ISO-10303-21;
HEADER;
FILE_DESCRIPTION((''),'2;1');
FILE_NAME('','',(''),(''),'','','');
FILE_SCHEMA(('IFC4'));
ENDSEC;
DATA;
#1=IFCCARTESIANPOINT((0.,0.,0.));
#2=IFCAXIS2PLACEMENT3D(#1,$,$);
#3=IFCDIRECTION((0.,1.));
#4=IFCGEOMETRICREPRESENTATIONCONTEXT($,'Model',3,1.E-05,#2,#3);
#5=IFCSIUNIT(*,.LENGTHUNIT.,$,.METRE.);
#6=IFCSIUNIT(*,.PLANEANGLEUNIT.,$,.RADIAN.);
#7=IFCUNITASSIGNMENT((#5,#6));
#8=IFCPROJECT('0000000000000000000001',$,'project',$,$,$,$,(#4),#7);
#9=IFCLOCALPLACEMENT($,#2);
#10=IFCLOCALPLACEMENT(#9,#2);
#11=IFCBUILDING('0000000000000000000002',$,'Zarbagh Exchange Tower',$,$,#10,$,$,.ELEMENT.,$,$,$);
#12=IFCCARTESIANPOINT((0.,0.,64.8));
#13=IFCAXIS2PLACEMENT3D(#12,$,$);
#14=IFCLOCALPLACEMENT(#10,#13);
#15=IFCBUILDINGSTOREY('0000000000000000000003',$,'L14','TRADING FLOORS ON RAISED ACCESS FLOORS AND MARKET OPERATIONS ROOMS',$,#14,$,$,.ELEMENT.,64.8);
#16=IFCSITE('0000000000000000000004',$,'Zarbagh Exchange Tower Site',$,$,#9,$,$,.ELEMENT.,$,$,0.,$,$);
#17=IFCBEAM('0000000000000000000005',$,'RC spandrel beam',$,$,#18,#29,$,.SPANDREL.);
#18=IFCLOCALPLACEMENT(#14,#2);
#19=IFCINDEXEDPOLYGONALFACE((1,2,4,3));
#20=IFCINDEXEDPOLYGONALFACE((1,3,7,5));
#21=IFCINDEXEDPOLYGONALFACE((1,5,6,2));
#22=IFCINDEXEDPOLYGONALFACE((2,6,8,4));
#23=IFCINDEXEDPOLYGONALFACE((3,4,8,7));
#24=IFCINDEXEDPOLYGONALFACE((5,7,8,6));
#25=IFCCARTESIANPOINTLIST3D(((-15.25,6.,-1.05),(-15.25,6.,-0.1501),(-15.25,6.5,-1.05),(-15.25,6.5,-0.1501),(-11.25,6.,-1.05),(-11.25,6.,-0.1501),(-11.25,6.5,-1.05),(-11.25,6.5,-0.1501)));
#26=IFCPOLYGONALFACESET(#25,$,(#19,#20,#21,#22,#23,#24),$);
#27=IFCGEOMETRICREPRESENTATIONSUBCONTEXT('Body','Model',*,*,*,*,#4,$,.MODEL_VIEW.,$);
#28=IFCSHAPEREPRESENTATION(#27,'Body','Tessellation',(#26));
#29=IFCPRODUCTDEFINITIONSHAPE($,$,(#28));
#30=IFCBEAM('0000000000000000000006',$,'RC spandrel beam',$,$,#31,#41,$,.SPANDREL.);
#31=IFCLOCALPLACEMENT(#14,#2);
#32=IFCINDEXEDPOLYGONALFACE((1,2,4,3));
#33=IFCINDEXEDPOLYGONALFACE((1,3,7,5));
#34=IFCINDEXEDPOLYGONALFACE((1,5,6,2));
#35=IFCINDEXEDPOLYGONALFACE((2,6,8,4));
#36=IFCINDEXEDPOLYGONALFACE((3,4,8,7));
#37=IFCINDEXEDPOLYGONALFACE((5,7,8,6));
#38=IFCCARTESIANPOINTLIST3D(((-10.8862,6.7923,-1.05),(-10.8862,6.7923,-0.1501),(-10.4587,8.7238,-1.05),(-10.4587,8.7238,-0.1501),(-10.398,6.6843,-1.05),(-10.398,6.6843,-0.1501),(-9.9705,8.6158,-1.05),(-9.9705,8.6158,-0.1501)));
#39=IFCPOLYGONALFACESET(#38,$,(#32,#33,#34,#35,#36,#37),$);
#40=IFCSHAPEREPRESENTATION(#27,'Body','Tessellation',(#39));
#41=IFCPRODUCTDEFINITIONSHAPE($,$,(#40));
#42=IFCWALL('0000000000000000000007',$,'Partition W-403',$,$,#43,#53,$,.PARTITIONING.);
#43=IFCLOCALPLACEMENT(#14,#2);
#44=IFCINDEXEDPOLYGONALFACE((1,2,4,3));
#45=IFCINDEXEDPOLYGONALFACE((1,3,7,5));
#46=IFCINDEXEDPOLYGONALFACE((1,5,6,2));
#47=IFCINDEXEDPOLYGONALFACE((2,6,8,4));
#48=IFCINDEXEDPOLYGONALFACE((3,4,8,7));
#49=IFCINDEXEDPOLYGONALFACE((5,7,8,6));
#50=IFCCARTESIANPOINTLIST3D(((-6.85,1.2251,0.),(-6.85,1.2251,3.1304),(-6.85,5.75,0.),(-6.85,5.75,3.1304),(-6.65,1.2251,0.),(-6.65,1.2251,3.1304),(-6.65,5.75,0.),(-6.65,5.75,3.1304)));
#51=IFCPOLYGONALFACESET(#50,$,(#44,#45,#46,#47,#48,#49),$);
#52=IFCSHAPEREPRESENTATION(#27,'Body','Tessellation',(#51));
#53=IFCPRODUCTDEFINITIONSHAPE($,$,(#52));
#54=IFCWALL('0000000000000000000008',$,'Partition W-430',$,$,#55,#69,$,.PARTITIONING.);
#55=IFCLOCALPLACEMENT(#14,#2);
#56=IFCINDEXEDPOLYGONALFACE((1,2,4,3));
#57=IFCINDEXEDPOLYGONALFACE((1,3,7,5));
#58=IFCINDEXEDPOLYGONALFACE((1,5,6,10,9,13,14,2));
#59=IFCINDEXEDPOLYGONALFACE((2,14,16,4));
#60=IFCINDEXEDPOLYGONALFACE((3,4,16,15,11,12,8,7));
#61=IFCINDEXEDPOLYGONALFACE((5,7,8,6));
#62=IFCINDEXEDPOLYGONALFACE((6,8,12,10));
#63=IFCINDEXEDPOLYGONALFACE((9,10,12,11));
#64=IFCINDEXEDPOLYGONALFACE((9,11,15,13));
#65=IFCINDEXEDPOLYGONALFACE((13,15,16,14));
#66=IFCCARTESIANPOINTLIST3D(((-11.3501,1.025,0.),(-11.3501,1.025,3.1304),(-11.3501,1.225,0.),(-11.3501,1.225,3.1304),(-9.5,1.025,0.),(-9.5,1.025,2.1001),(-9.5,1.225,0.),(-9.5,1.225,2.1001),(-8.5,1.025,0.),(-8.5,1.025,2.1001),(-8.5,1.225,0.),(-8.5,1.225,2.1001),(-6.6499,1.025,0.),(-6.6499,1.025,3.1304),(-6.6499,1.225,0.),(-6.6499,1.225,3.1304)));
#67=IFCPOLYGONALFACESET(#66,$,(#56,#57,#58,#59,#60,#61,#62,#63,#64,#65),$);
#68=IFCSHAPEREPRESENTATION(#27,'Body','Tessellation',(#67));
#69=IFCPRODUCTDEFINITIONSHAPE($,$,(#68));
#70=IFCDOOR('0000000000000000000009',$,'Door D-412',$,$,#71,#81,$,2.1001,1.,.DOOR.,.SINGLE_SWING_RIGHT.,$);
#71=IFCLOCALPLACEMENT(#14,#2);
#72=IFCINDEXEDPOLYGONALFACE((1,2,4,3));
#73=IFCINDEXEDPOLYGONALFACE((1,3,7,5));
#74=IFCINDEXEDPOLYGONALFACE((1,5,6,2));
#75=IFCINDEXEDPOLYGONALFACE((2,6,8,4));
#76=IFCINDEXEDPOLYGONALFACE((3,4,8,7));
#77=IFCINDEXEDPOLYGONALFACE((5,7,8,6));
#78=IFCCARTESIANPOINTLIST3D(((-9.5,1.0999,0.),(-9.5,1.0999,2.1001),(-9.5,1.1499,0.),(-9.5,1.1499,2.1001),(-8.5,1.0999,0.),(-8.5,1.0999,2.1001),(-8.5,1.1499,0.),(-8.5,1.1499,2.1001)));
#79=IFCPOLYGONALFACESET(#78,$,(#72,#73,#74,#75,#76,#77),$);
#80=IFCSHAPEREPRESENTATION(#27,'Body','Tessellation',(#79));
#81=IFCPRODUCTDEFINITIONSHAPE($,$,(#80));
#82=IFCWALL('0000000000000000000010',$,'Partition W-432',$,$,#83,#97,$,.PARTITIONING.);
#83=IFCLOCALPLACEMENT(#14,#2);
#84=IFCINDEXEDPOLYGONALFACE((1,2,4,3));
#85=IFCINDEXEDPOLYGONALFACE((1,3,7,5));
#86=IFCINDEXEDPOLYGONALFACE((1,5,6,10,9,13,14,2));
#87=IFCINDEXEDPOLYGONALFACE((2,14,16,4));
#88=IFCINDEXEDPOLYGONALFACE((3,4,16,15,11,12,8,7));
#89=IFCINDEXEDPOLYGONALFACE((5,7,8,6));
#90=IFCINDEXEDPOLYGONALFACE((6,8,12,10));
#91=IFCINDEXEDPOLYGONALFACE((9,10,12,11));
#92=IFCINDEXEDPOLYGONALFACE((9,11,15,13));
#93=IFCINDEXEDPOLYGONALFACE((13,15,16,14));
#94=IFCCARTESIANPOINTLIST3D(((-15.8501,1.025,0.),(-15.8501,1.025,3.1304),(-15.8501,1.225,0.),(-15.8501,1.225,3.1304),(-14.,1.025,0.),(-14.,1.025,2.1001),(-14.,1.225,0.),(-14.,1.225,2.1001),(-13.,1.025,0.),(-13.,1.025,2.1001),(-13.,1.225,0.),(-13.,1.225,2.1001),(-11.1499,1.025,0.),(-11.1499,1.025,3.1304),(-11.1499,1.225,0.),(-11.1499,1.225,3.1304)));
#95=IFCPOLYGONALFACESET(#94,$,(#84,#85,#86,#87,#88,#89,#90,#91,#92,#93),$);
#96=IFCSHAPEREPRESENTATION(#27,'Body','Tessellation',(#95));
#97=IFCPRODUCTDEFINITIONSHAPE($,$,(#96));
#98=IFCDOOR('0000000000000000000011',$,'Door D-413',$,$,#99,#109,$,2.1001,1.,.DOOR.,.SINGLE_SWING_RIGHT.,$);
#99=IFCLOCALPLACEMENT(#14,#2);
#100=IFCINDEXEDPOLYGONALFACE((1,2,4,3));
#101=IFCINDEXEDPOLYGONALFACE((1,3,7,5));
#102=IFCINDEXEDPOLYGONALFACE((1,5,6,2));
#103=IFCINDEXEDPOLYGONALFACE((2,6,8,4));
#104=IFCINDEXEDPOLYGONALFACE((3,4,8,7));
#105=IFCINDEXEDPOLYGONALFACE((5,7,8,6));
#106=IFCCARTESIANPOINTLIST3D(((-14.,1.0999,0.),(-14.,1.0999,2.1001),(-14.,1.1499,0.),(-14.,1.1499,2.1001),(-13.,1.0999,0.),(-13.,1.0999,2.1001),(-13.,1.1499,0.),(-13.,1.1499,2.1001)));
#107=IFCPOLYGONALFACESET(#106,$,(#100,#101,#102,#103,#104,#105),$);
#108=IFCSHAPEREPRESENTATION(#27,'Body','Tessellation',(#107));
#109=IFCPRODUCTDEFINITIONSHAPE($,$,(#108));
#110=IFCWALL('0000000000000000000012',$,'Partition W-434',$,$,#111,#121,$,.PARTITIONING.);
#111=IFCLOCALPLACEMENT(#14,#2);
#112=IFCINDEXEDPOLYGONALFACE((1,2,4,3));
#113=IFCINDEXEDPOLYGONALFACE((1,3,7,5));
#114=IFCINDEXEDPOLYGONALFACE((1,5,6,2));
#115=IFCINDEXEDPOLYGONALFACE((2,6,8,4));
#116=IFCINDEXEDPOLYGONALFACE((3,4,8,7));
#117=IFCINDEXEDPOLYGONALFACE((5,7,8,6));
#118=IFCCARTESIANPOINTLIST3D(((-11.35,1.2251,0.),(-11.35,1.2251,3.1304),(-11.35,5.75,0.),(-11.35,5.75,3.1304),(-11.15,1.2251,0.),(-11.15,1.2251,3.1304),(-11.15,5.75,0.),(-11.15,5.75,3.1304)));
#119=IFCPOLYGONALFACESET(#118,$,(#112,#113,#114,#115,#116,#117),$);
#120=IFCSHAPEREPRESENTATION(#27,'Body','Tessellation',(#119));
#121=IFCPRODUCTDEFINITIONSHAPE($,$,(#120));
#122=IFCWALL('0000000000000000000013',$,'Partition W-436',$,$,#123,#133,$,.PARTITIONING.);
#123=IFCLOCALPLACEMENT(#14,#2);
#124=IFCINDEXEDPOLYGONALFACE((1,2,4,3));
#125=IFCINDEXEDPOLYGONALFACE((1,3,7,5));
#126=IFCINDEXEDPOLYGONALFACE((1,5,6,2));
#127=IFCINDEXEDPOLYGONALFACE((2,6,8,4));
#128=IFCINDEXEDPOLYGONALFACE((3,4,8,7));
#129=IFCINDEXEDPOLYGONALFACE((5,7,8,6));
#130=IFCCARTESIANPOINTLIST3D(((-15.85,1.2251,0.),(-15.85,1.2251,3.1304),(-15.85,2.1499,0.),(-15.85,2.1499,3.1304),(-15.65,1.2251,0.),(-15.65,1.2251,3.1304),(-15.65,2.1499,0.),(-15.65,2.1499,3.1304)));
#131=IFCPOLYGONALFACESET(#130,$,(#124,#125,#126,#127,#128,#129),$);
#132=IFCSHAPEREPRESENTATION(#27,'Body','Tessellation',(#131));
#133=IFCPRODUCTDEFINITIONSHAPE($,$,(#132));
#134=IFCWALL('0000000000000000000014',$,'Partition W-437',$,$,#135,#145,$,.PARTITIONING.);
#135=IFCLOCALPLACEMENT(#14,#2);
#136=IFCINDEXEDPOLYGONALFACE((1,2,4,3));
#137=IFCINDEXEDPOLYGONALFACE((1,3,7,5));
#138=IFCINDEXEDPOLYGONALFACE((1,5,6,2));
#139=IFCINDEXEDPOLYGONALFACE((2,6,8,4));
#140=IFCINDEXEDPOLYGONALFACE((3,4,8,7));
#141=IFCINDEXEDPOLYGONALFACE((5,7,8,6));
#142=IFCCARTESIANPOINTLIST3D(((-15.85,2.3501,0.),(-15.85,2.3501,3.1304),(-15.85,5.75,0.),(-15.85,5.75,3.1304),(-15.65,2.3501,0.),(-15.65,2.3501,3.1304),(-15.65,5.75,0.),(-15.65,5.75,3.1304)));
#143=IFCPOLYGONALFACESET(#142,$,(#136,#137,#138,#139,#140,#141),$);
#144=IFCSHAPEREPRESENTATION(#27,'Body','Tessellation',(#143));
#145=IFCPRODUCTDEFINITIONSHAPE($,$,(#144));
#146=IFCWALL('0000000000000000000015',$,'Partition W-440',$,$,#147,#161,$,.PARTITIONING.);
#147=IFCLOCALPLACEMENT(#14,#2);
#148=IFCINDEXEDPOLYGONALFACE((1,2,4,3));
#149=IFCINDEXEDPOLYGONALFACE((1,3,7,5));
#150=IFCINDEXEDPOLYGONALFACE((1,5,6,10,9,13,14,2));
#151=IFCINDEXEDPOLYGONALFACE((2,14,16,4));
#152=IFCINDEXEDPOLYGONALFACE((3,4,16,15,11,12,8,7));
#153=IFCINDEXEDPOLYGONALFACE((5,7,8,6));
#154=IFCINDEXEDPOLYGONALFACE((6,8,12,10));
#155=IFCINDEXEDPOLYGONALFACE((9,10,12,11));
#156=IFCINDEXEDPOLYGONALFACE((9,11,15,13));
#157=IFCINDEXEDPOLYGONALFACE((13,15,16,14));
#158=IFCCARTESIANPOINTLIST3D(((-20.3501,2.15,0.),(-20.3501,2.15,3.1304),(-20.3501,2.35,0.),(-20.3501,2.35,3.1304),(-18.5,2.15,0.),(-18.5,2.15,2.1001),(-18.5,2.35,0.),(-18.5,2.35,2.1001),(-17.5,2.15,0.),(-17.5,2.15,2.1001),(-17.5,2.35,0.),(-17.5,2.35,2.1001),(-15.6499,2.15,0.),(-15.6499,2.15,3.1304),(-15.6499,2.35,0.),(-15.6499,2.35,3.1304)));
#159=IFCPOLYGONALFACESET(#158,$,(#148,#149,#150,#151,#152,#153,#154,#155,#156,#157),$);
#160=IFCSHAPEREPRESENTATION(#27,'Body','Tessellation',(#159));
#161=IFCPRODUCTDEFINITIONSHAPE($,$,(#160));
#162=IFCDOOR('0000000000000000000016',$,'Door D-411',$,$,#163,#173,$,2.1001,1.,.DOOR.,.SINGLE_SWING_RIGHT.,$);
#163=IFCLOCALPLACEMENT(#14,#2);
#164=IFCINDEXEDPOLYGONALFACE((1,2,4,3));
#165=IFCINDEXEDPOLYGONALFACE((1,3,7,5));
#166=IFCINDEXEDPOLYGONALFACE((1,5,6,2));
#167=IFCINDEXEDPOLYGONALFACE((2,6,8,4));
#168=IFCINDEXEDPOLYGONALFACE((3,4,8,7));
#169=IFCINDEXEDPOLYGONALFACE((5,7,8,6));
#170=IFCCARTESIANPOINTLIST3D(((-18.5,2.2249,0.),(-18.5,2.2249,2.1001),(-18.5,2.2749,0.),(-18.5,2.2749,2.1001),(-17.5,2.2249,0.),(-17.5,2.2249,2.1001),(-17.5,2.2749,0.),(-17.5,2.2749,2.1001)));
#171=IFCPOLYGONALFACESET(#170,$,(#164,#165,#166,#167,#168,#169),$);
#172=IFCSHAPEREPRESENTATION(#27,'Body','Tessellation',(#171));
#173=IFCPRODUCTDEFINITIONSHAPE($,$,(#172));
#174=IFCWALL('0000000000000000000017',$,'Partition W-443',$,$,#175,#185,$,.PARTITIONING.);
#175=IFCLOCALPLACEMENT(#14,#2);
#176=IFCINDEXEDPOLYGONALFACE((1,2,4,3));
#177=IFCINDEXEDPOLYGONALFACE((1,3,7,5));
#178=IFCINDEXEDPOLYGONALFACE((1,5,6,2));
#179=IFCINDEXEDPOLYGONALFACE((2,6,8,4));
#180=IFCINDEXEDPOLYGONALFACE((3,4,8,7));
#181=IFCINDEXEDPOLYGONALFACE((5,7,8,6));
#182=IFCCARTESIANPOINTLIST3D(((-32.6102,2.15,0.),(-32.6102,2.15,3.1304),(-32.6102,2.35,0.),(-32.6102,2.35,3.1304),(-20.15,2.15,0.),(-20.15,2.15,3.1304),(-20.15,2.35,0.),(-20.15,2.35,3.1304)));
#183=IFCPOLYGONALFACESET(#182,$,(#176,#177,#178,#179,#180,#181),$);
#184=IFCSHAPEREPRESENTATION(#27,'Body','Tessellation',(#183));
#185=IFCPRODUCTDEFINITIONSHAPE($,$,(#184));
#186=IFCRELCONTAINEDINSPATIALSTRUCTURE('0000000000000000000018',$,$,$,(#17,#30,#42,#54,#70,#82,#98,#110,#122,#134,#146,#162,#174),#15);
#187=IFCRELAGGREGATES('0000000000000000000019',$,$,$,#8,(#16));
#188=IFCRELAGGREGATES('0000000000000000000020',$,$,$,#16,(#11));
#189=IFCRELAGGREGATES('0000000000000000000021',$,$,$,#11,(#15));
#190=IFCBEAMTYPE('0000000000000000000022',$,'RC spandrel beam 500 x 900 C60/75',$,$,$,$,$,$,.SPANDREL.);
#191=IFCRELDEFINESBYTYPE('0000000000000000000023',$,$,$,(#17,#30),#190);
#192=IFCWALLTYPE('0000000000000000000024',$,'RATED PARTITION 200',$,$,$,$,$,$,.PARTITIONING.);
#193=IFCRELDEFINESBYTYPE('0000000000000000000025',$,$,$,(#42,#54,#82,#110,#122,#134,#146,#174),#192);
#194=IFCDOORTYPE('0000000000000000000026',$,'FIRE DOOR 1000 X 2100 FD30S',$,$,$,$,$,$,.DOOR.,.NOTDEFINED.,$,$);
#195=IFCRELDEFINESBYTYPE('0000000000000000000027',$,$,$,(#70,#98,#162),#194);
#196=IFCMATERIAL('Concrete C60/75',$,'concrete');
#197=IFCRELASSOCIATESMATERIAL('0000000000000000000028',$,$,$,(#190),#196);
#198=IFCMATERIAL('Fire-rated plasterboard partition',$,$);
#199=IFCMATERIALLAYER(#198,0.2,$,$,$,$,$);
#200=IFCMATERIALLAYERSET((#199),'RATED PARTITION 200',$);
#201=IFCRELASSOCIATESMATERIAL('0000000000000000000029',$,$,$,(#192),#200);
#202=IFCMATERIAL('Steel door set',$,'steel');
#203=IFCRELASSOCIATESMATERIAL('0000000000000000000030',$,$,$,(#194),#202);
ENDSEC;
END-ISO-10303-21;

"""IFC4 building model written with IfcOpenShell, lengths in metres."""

from ifc_helpers import new_model, si_unit, direction, frame, frame_2d, origin, origin_2d, place, context, subcontext, project, spatial, rectangle, extrude, material, layer, layer_set, material_profile, profile_set, type_object, element, fill, save


model = new_model("IFC4")

# Units and contexts
model_context = context("Model", 3, precision=1e-05, world=origin(), true_north=direction((0.0, 1.0)))
body_context = subcontext(model_context, "Body", "Model", "MODEL_VIEW")
ifc_project = project(units=[si_unit("LENGTHUNIT", "METRE"), si_unit("PLANEANGLEUNIT", "RADIAN")], contexts=[model_context])

# Site, building, storey
site_placement = place(None, origin())
site = spatial("IfcSite", under=ifc_project, at=site_placement, Name="Zarbagh Exchange Tower Site", CompositionType="ELEMENT", RefElevation=0.0)
building_placement = place(site_placement, origin())
building = spatial("IfcBuilding", under=site, at=building_placement, Name="Zarbagh Exchange Tower", CompositionType="ELEMENT")
storey_placement = place(building_placement, frame((0.0, 0.0, 64.8)))
storey = spatial("IfcBuildingStorey", under=building, at=storey_placement, Name="L14", Description="TRADING FLOORS ON RAISED ACCESS FLOORS AND MARKET OPERATIONS ROOMS", CompositionType="ELEMENT", Elevation=64.8)

# Shared definitions
ifc_material_1 = material(Name="Concrete C60/75", Category="concrete")

# Beams
ifc_material_profile_1 = material_profile(ifc_material_1, rectangle(XDim=0.5, YDim=0.8999, at=origin_2d()), Name="RC spandrel beam 500 x 900 C60/75")
ifc_profile_set_1 = profile_set([ifc_material_profile_1], Name="Concrete C60/75")
beam_type_1 = type_object("IfcBeamType", Name="RC spandrel beam 500 x 900 C60/75", PredefinedType="SPANDREL", material=ifc_profile_set_1)
beam_1_placement = place(storey_placement, frame((-15.25, 6.25, -0.6001), z_axis=(1.0, 0.0, 0.0), x_axis=(0.0, 1.0, 0.0)))
element("IfcBeam", 1, at=beam_1_placement, inside=storey, type_object=beam_type_1, Name="RC spandrel beam", PredefinedType="SPANDREL", context=body_context, shape_type="SweptSolid", body=[
    extrude(rectangle(XDim=0.5, YDim=0.8999, at=origin_2d()), origin(), (0.0, 0.0, 1.0), 4.0),
])
beam_2_placement = place(storey_placement, frame((-10.6421, 6.7383, -0.6001), z_axis=(0.216081, 0.976375, 0.0), x_axis=(-0.976375, 0.216081, 0.0)))
element("IfcBeam", 2, at=beam_2_placement, inside=storey, type_object=beam_type_1, Name="RC spandrel beam", PredefinedType="SPANDREL", context=body_context, shape_type="SweptSolid", body=[
    extrude(rectangle(XDim=0.5, YDim=0.8999, at=origin_2d()), origin(), (0.0, 0.0, 1.0), 1.9783),
])

# Wall
ifc_material_2 = material(Name="Fire-rated plasterboard partition")
ifc_layer = layer(ifc_material_2, 0.2)
ifc_layer_set = layer_set([ifc_layer], Name="RATED PARTITION 200")
wall_type = type_object("IfcWallType", Name="RATED PARTITION 200", PredefinedType="PARTITIONING", material=ifc_layer_set)
wall_1_placement = place(storey_placement, frame((-6.75, 1.2251, 0.0), z_axis=(0.0, 0.0, 1.0), x_axis=(0.0, 1.0, 0.0)))
element("IfcWall", 3, at=wall_1_placement, inside=storey, type_object=wall_type, Name="Partition W-403", PredefinedType="PARTITIONING", context=body_context, shape_type="SweptSolid", body=[
    extrude(rectangle(XDim=4.5249, YDim=0.2, at=frame_2d((2.2625, 0.0))), origin(), (0.0, 0.0, 1.0), 3.1304),
])

# Walls, openings, doors
wall_2_placement = place(storey_placement, frame((-11.3501, 1.125, 0.0), z_axis=(0.0, 0.0, 1.0), x_axis=(1.0, 0.0, 0.0)))
wall_2 = element("IfcWall", 4, at=wall_2_placement, inside=storey, type_object=wall_type, Name="Partition W-430", PredefinedType="PARTITIONING", context=body_context, shape_type="SweptSolid", body=[
    extrude(rectangle(XDim=4.7002, YDim=0.2, at=frame_2d((2.3501, 0.0))), origin(), (0.0, 0.0, 1.0), 3.1304),
])
opening_1_placement = place(wall_2_placement, frame((1.8501, 0.0, 0.0)))
opening_1 = element("IfcOpeningElement", 5, at=opening_1_placement, cuts=wall_2, PredefinedType="OPENING", context=body_context, shape_type="SweptSolid", body=[
    extrude(rectangle(XDim=1.0, YDim=2.1001, at=frame_2d((0.5, 1.05))), frame((0.0, 0.1099, 0.0), z_axis=(0.0, -1.0, 0.0), x_axis=(1.0, 0.0, 0.0)), (0.0, 0.0, 1.0), 0.22),
])
ifc_material_3 = material(Name="Steel door set", Category="steel")
door_type = type_object("IfcDoorType", Name="FIRE DOOR 1000 X 2100 FD30S", OperationType="NOTDEFINED", PredefinedType="DOOR", material=ifc_material_3)
door_1_placement = place(opening_1_placement, origin())
door_1 = element("IfcDoor", 6, at=door_1_placement, inside=storey, type_object=door_type, Name="Door D-412", OperationType="SINGLE_SWING_RIGHT", OverallHeight=2.1001, OverallWidth=1.0, PredefinedType="DOOR", context=body_context, shape_type="SweptSolid", body=[
    extrude(rectangle(XDim=1.0, YDim=2.1001, at=frame_2d((0.5, 1.05))), frame((0.0, 0.0249, 0.0), z_axis=(0.0, -1.0, 0.0), x_axis=(1.0, 0.0, 0.0)), (0.0, 0.0, 1.0), 0.05),
])
fill(opening_1, door_1)
wall_3_placement = place(storey_placement, frame((-15.8501, 1.125, 0.0), z_axis=(0.0, 0.0, 1.0), x_axis=(1.0, 0.0, 0.0)))
wall_3 = element("IfcWall", 7, at=wall_3_placement, inside=storey, type_object=wall_type, Name="Partition W-432", PredefinedType="PARTITIONING", context=body_context, shape_type="SweptSolid", body=[
    extrude(rectangle(XDim=4.7002, YDim=0.2, at=frame_2d((2.3501, 0.0))), origin(), (0.0, 0.0, 1.0), 3.1304),
])
opening_2_placement = place(wall_3_placement, frame((1.8501, 0.0, 0.0)))
opening_2 = element("IfcOpeningElement", 8, at=opening_2_placement, cuts=wall_3, PredefinedType="OPENING", context=body_context, shape_type="SweptSolid", body=[
    extrude(rectangle(XDim=1.0, YDim=2.1001, at=frame_2d((0.5, 1.05))), frame((0.0, 0.1099, 0.0), z_axis=(0.0, -1.0, 0.0), x_axis=(1.0, 0.0, 0.0)), (0.0, 0.0, 1.0), 0.22),
])
door_2_placement = place(opening_2_placement, origin())
door_2 = element("IfcDoor", 9, at=door_2_placement, inside=storey, type_object=door_type, Name="Door D-413", OperationType="SINGLE_SWING_RIGHT", OverallHeight=2.1001, OverallWidth=1.0, PredefinedType="DOOR", context=body_context, shape_type="SweptSolid", body=[
    extrude(rectangle(XDim=1.0, YDim=2.1001, at=frame_2d((0.5, 1.05))), frame((0.0, 0.0249, 0.0), z_axis=(0.0, -1.0, 0.0), x_axis=(1.0, 0.0, 0.0)), (0.0, 0.0, 1.0), 0.05),
])
fill(opening_2, door_2)

# Walls
wall_4_placement = place(storey_placement, frame((-11.25, 1.2251, 0.0), z_axis=(0.0, 0.0, 1.0), x_axis=(0.0, 1.0, 0.0)))
element("IfcWall", 10, at=wall_4_placement, inside=storey, type_object=wall_type, Name="Partition W-434", PredefinedType="PARTITIONING", context=body_context, shape_type="SweptSolid", body=[
    extrude(rectangle(XDim=4.5249, YDim=0.2, at=frame_2d((2.2625, 0.0))), origin(), (0.0, 0.0, 1.0), 3.1304),
])
wall_5_placement = place(storey_placement, frame((-15.75, 1.2251, 0.0), z_axis=(0.0, 0.0, 1.0), x_axis=(0.0, 1.0, 0.0)))
element("IfcWall", 11, at=wall_5_placement, inside=storey, type_object=wall_type, Name="Partition W-436", PredefinedType="PARTITIONING", context=body_context, shape_type="SweptSolid", body=[
    extrude(rectangle(XDim=0.9248, YDim=0.2, at=frame_2d((0.4624, 0.0))), origin(), (0.0, 0.0, 1.0), 3.1304),
])
wall_6_placement = place(storey_placement, frame((-15.75, 2.3501, 0.0), z_axis=(0.0, 0.0, 1.0), x_axis=(0.0, 1.0, 0.0)))
element("IfcWall", 12, at=wall_6_placement, inside=storey, type_object=wall_type, Name="Partition W-437", PredefinedType="PARTITIONING", context=body_context, shape_type="SweptSolid", body=[
    extrude(rectangle(XDim=3.3999, YDim=0.2, at=frame_2d((1.7, 0.0))), origin(), (0.0, 0.0, 1.0), 3.1304),
])

# Wall, opening, door
wall_7_placement = place(storey_placement, frame((-20.3501, 2.25, 0.0), z_axis=(0.0, 0.0, 1.0), x_axis=(1.0, 0.0, 0.0)))
wall_7 = element("IfcWall", 13, at=wall_7_placement, inside=storey, type_object=wall_type, Name="Partition W-440", PredefinedType="PARTITIONING", context=body_context, shape_type="SweptSolid", body=[
    extrude(rectangle(XDim=4.7002, YDim=0.2, at=frame_2d((2.3501, 0.0))), origin(), (0.0, 0.0, 1.0), 3.1304),
])
opening_3_placement = place(wall_7_placement, frame((1.8501, 0.0, 0.0)))
opening_3 = element("IfcOpeningElement", 14, at=opening_3_placement, cuts=wall_7, PredefinedType="OPENING", context=body_context, shape_type="SweptSolid", body=[
    extrude(rectangle(XDim=1.0, YDim=2.1001, at=frame_2d((0.5, 1.05))), frame((0.0, 0.1099, 0.0), z_axis=(0.0, -1.0, 0.0), x_axis=(1.0, 0.0, 0.0)), (0.0, 0.0, 1.0), 0.22),
])
door_3_placement = place(opening_3_placement, origin())
door_3 = element("IfcDoor", 15, at=door_3_placement, inside=storey, type_object=door_type, Name="Door D-411", OperationType="SINGLE_SWING_RIGHT", OverallHeight=2.1001, OverallWidth=1.0, PredefinedType="DOOR", context=body_context, shape_type="SweptSolid", body=[
    extrude(rectangle(XDim=1.0, YDim=2.1001, at=frame_2d((0.5, 1.05))), frame((0.0, 0.0249, 0.0), z_axis=(0.0, -1.0, 0.0), x_axis=(1.0, 0.0, 0.0)), (0.0, 0.0, 1.0), 0.05),
])
fill(opening_3, door_3)

# Wall
wall_8_placement = place(storey_placement, frame((-32.6101, 2.25, 0.0), z_axis=(0.0, 0.0, 1.0), x_axis=(1.0, 0.0, 0.0)))
element("IfcWall", 16, at=wall_8_placement, inside=storey, type_object=wall_type, Name="Partition W-443", PredefinedType="PARTITIONING", context=body_context, shape_type="SweptSolid", body=[
    extrude(rectangle(XDim=12.4602, YDim=0.2, at=frame_2d((6.23, 0.0))), origin(), (0.0, 0.0, 1.0), 3.1304),
])

save(model, "model.ifc")
